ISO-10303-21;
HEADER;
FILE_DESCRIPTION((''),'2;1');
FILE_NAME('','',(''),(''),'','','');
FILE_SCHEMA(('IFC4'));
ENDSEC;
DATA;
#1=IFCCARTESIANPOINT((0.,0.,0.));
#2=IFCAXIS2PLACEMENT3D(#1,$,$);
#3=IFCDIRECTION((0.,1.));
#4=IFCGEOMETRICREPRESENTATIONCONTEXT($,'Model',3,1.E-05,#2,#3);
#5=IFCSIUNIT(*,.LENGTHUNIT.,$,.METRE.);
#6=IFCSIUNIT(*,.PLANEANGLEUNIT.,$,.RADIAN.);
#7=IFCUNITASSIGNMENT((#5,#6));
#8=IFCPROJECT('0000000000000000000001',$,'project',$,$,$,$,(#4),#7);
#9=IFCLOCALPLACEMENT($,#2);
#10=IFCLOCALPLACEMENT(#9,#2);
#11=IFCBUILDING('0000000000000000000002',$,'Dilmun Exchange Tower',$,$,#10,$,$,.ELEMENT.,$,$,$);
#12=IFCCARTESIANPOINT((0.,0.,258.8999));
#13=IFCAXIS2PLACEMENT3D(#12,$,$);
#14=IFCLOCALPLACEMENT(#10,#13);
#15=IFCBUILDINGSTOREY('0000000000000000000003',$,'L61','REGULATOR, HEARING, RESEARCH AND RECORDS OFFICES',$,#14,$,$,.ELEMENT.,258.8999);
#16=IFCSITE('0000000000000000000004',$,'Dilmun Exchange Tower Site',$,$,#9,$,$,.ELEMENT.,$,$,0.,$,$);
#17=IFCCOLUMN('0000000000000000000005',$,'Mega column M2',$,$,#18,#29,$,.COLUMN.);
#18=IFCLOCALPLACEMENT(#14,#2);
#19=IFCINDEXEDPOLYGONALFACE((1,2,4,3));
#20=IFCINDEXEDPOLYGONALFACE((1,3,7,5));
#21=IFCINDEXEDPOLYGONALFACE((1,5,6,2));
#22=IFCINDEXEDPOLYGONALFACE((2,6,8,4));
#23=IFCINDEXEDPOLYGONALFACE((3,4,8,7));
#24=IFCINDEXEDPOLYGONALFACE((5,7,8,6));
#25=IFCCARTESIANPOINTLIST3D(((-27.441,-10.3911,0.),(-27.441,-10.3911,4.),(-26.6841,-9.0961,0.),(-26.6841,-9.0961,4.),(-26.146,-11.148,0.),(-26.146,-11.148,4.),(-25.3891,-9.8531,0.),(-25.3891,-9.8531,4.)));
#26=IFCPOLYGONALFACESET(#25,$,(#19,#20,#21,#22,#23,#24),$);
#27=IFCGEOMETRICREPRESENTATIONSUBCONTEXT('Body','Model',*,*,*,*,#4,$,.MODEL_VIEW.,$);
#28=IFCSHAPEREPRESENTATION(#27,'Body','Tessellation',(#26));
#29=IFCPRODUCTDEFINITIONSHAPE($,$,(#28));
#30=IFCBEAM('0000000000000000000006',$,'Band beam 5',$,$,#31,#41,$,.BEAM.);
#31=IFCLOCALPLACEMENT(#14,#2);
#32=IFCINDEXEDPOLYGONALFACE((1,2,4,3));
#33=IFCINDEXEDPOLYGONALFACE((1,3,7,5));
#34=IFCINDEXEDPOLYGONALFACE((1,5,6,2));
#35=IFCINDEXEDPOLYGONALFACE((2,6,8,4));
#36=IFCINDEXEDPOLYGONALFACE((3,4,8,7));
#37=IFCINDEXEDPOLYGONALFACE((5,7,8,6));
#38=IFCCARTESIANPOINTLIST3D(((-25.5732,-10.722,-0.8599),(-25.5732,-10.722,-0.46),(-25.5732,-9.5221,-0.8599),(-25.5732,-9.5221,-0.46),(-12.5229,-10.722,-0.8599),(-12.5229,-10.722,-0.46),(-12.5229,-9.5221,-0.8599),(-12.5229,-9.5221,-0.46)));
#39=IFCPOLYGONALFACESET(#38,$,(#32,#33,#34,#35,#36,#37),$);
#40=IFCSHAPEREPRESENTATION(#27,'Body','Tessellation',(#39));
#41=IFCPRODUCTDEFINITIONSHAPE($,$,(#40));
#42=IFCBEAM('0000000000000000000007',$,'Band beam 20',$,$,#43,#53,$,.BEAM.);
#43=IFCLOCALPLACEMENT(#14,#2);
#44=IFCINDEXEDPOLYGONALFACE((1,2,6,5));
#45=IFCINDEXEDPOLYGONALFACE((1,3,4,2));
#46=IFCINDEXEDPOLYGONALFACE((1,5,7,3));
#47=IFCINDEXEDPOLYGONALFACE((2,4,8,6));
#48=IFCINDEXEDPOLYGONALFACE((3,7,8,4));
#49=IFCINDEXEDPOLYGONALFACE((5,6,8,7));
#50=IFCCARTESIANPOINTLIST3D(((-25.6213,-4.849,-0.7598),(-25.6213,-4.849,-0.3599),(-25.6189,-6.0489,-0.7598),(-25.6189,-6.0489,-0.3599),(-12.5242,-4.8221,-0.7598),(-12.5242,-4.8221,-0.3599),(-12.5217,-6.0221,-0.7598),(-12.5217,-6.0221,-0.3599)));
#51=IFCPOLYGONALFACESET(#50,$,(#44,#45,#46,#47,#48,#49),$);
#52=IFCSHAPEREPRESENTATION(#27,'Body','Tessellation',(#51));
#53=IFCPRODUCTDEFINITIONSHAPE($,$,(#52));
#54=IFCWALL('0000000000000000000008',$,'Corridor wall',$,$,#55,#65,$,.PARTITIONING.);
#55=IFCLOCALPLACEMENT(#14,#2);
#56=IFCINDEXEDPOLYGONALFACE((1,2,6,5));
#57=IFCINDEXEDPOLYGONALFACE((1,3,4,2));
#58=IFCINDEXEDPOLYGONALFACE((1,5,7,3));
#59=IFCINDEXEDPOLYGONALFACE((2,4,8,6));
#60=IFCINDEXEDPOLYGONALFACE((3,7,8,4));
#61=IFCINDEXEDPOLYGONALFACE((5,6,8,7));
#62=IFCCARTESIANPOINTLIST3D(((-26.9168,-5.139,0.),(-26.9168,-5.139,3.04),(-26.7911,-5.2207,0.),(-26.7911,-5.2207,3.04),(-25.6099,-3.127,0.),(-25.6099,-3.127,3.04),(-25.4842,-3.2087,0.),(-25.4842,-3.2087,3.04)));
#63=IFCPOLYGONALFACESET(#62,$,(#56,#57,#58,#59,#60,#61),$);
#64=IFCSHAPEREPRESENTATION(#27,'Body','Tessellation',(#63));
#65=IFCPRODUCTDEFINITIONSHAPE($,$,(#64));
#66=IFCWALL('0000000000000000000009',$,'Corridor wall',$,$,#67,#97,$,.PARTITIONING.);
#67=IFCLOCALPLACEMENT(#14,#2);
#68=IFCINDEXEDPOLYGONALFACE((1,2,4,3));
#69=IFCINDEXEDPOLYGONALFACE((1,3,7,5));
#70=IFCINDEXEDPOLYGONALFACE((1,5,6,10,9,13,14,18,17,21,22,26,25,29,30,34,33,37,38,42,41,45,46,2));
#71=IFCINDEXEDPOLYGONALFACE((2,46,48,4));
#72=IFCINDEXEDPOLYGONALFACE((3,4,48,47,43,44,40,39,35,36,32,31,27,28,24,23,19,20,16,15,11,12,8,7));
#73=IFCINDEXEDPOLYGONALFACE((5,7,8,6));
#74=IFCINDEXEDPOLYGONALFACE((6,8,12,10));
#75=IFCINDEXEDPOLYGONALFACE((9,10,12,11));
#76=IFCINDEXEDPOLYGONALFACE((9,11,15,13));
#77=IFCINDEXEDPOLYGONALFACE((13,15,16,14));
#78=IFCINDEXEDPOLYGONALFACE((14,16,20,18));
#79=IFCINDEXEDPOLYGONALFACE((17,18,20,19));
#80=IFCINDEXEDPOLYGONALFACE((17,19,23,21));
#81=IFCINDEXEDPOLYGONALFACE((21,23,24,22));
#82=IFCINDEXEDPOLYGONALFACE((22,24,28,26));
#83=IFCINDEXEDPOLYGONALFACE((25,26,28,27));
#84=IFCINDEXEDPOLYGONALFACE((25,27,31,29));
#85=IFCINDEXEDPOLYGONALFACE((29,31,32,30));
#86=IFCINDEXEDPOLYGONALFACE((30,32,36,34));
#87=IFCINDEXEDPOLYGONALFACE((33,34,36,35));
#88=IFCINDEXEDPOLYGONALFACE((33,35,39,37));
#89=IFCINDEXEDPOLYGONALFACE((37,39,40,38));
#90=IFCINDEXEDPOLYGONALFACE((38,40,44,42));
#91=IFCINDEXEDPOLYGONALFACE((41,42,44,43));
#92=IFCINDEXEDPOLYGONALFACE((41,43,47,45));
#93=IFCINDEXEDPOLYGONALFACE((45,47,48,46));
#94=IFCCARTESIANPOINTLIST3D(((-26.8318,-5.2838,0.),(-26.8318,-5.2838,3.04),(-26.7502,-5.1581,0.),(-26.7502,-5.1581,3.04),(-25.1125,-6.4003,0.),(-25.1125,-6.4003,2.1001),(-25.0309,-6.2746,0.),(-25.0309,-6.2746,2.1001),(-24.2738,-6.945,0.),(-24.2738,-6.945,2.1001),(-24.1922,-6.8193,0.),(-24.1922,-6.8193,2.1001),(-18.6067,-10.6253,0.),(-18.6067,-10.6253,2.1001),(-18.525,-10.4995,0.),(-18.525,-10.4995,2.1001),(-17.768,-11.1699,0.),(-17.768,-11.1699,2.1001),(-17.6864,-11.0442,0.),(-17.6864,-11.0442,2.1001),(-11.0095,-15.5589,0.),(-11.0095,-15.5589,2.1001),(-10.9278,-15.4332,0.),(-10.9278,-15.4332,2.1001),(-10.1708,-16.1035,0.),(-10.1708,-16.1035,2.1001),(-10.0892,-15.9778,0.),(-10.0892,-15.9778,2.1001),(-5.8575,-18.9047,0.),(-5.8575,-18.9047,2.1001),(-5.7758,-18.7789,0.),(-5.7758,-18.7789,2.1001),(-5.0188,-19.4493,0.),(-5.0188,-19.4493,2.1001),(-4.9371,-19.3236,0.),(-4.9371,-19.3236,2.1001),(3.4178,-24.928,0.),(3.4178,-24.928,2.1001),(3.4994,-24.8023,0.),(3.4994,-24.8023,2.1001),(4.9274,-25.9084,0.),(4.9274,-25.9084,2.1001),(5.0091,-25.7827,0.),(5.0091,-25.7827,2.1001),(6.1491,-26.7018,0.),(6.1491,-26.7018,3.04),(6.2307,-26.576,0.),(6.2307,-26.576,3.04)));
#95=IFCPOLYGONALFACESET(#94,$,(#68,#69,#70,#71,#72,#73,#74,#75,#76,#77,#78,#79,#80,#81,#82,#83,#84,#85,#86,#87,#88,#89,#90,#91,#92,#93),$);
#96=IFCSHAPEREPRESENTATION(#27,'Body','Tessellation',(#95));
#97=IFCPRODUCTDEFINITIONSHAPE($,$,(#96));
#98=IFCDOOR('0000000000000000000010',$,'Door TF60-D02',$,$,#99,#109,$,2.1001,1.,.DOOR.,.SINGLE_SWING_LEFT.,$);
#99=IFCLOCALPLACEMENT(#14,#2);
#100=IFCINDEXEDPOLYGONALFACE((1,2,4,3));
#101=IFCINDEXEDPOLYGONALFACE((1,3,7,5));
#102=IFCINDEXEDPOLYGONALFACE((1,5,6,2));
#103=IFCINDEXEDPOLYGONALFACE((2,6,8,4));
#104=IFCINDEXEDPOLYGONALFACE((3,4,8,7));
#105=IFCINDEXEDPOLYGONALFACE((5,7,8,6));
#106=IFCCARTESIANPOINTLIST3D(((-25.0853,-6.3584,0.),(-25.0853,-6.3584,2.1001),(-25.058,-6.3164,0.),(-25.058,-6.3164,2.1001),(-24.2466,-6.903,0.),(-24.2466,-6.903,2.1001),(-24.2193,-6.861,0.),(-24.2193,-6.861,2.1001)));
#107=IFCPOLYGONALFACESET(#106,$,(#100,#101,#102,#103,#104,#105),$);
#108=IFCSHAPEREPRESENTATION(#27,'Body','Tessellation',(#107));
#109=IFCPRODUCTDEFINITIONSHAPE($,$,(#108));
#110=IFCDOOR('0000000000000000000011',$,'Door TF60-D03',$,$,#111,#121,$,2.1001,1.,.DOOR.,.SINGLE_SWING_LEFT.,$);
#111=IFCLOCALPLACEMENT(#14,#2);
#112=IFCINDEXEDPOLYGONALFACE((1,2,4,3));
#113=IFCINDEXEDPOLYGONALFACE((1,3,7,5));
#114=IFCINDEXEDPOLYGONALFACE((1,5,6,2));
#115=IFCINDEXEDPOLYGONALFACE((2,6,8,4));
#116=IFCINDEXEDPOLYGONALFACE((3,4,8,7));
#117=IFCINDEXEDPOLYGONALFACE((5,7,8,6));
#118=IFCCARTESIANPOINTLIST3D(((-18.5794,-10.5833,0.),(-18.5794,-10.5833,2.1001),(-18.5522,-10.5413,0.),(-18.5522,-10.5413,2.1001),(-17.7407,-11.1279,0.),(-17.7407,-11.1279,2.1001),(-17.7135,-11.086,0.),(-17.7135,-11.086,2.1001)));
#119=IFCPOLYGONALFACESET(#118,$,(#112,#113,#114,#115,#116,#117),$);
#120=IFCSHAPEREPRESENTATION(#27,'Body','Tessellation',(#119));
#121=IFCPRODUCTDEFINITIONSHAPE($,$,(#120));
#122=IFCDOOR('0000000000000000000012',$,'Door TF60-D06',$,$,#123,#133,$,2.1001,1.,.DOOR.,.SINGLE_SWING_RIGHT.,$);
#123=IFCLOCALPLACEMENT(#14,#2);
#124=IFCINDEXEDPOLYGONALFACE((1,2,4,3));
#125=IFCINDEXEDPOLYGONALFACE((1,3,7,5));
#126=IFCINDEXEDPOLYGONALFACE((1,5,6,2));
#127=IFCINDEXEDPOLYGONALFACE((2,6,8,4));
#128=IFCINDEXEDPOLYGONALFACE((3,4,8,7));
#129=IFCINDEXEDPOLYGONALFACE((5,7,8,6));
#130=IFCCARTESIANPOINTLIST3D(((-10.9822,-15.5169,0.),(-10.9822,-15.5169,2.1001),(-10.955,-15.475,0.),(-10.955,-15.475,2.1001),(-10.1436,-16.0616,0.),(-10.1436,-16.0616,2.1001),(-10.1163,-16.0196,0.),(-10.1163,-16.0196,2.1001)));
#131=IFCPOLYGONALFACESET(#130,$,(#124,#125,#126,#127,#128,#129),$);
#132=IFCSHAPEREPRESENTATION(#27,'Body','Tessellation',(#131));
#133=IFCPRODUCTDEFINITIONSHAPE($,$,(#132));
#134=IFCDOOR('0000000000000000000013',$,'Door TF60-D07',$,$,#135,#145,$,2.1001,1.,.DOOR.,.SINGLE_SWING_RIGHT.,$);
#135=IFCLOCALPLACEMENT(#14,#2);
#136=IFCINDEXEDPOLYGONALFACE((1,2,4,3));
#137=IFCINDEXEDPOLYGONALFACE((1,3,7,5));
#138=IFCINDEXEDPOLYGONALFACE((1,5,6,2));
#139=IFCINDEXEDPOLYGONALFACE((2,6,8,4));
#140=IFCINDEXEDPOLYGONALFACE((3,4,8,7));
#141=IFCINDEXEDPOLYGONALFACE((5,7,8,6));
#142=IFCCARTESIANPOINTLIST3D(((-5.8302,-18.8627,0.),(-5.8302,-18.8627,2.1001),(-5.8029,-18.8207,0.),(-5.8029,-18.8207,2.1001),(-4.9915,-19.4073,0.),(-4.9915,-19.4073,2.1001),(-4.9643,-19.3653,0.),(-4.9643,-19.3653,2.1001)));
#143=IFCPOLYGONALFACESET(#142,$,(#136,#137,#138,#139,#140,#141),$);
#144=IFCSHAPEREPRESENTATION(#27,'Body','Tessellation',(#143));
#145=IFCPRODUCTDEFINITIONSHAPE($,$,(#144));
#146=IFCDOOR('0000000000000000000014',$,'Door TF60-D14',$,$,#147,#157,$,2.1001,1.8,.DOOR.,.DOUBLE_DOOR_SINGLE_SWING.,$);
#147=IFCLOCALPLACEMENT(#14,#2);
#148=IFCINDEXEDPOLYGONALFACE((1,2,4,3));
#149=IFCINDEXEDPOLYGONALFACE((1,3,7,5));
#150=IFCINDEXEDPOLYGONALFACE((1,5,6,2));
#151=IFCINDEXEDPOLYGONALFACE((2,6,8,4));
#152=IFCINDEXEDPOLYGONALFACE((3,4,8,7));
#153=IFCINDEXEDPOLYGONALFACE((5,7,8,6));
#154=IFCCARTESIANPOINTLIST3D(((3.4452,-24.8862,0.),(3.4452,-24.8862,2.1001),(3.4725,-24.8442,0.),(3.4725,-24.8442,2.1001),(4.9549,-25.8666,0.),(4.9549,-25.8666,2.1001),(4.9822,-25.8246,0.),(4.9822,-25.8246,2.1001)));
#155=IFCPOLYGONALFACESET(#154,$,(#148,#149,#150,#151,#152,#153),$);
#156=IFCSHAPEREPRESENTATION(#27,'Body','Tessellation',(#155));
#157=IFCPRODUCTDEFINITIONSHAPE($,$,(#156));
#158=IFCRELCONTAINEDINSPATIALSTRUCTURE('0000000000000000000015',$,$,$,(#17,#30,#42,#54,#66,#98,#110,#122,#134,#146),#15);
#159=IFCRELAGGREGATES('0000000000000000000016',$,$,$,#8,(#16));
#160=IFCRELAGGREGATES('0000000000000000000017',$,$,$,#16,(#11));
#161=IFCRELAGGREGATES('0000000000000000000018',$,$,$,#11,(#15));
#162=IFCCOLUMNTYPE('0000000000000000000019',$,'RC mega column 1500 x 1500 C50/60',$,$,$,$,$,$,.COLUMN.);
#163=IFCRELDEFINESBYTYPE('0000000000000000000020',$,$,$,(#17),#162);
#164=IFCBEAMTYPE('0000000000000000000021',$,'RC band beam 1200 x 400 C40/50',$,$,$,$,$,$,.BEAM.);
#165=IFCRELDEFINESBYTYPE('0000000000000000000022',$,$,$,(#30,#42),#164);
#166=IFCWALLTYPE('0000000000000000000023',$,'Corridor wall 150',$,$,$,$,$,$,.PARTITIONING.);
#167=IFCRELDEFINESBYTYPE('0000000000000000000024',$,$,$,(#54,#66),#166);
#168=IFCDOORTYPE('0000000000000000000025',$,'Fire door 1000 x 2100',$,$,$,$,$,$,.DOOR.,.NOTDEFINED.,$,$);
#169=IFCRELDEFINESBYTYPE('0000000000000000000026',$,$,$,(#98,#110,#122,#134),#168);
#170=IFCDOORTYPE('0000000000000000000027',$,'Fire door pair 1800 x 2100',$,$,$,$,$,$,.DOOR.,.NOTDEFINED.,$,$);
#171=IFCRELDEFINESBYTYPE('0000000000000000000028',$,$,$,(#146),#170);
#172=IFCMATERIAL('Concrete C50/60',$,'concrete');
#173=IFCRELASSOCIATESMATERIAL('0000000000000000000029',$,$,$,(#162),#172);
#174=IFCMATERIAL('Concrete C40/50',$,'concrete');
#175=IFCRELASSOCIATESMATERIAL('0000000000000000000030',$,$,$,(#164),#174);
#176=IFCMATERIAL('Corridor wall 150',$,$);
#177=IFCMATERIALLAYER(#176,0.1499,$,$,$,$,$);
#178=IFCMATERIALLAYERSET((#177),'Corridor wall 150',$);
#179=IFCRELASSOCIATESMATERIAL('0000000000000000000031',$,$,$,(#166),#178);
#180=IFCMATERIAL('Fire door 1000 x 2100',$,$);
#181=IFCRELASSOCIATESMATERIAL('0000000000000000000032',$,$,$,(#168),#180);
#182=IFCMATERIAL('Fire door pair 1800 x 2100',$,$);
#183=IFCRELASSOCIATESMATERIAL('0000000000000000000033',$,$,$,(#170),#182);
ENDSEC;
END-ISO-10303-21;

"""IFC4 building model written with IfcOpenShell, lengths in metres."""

from ifc_helpers import new_model, si_unit, direction, frame, frame_2d, origin, origin_2d, place, context, subcontext, project, spatial, rectangle, extrude, material, layer, layer_set, material_profile, profile_set, type_object, element, fill, save


model = new_model("IFC4")

# Units and contexts
model_context = context("Model", 3, precision=1e-05, world=origin(), true_north=direction((0.0, 1.0)))
body_context = subcontext(model_context, "Body", "Model", "MODEL_VIEW")
ifc_project = project(units=[si_unit("LENGTHUNIT", "METRE"), si_unit("PLANEANGLEUNIT", "RADIAN")], contexts=[model_context])

# Site, building, storey
site_placement = place(None, origin())
site = spatial("IfcSite", under=ifc_project, at=site_placement, Name="Dilmun Exchange Tower Site", CompositionType="ELEMENT", RefElevation=0.0)
building_placement = place(site_placement, origin())
building = spatial("IfcBuilding", under=site, at=building_placement, Name="Dilmun Exchange Tower", CompositionType="ELEMENT")
storey_placement = place(building_placement, frame((0.0, 0.0, 258.8999)))
storey = spatial("IfcBuildingStorey", under=building, at=storey_placement, Name="L61", Description="REGULATOR, HEARING, RESEARCH AND RECORDS OFFICES", CompositionType="ELEMENT", Elevation=258.8999)

# Column
ifc_material_1 = material(Name="Concrete C50/60", Category="concrete")
ifc_material_profile_1 = material_profile(ifc_material_1, rectangle(XDim=1.5, YDim=1.5, at=origin_2d()), Name="1500 x 1500")
ifc_profile_set_1 = profile_set([ifc_material_profile_1], Name="Concrete C50/60")
column_type = type_object("IfcColumnType", Name="RC mega column 1500 x 1500 C50/60", PredefinedType="COLUMN", material=ifc_profile_set_1)
column_placement = place(storey_placement, frame((-26.415, -10.1221, 0.0), z_axis=(0.0, 0.0, 1.0), x_axis=(0.504644, 0.863328, 0.0)))
element("IfcColumn", 1, at=column_placement, inside=storey, type_object=column_type, Name="Mega column M2", PredefinedType="COLUMN", context=body_context, shape_type="SweptSolid", body=[
    extrude(rectangle(XDim=1.5, YDim=1.5, at=origin_2d()), origin(), (0.0, 0.0, 1.0), 4.0),
])

# Beams
ifc_material_2 = material(Name="Concrete C40/50", Category="concrete")
ifc_material_profile_2 = material_profile(ifc_material_2, rectangle(XDim=1.2, YDim=0.3999, at=origin_2d()), Name="1200 x 400")
ifc_profile_set_2 = profile_set([ifc_material_profile_2], Name="Concrete C40/50")
beam_type = type_object("IfcBeamType", Name="RC band beam 1200 x 400 C40/50", PredefinedType="BEAM", material=ifc_profile_set_2)
beam_1_placement = place(storey_placement, frame((-25.5732, -10.1221, -0.6599), z_axis=(1.0, 0.0, 0.0), x_axis=(0.0, 1.0, 0.0)))
element("IfcBeam", 2, at=beam_1_placement, inside=storey, type_object=beam_type, Name="Band beam 5", PredefinedType="BEAM", context=body_context, shape_type="SweptSolid", body=[
    extrude(rectangle(XDim=1.2, YDim=0.3999, at=origin_2d()), origin(), (0.0, 0.0, 1.0), 13.0503),
])
beam_2_placement = place(storey_placement, frame((-25.6201, -5.449, -0.5598), z_axis=(0.999998, 0.00205, 0.0), x_axis=(-0.00205, 0.999998, 0.0)))
element("IfcBeam", 3, at=beam_2_placement, inside=storey, type_object=beam_type, Name="Band beam 20", PredefinedType="BEAM", context=body_context, shape_type="SweptSolid", body=[
    extrude(rectangle(XDim=1.2, YDim=0.3999, at=origin_2d()), origin(), (0.0, 0.0, 1.0), 13.0972),
])

# Wall
ifc_material_3 = material(Name="Corridor wall 150")
ifc_layer_1 = layer(ifc_material_3, 0.1499)
ifc_layer_set_1 = layer_set([ifc_layer_1], Name="Corridor wall 150")
wall_type_1 = type_object("IfcWallType", Name="Corridor wall 150", PredefinedType="PARTITIONING", material=ifc_layer_set_1)
wall_1_placement = place(storey_placement, frame((-26.854, -5.1799, 0.0), z_axis=(0.0, 0.0, 1.0), x_axis=(0.544727, 0.838613, 0.0)))
element("IfcWall", 4, at=wall_1_placement, inside=storey, type_object=wall_type_1, Name="Corridor wall", PredefinedType="PARTITIONING", context=body_context, shape_type="SweptSolid", body=[
    extrude(rectangle(XDim=2.3992, YDim=0.1499, at=frame_2d((1.1997, 0.0))), origin(), (0.0, 0.0, 1.0), 3.04),
])

# Wall, openings, doors
wall_2_placement = place(storey_placement, frame((-26.791, -5.2209, 0.0), z_axis=(0.0, 0.0, 1.0), x_axis=(0.838672, -0.544637, 0.0)))
wall_2 = element("IfcWall", 5, at=wall_2_placement, inside=storey, type_object=wall_type_1, Name="Corridor wall", PredefinedType="PARTITIONING", context=body_context, shape_type="SweptSolid", body=[
    extrude(rectangle(XDim=39.3252, YDim=0.1499, at=frame_2d((19.6626, 0.0))), origin(), (0.0, 0.0, 1.0), 3.04),
])
opening_1_placement = place(wall_2_placement, frame((2.05, 0.0, 0.0)))
opening_1 = element("IfcOpeningElement", 6, at=opening_1_placement, cuts=wall_2, PredefinedType="OPENING", context=body_context, shape_type="SweptSolid", body=[
    extrude(rectangle(XDim=1.0, YDim=2.1001, at=frame_2d((0.5, 1.05))), frame((0.0, 0.085, 0.0), z_axis=(0.0, -1.0, 0.0), x_axis=(1.0, 0.0, 0.0)), (0.0, 0.0, 1.0), 0.1699),
])
opening_2_placement = place(wall_2_placement, frame((9.8074, 0.0, 0.0)))
opening_2 = element("IfcOpeningElement", 7, at=opening_2_placement, cuts=wall_2, PredefinedType="OPENING", context=body_context, shape_type="SweptSolid", body=[
    extrude(rectangle(XDim=1.0, YDim=2.1001, at=frame_2d((0.5, 1.05))), frame((0.0, 0.085, 0.0), z_axis=(0.0, -1.0, 0.0), x_axis=(1.0, 0.0, 0.0)), (0.0, 0.0, 1.0), 0.1699),
])
opening_3_placement = place(wall_2_placement, frame((18.866, 0.0, 0.0)))
opening_3 = element("IfcOpeningElement", 8, at=opening_3_placement, cuts=wall_2, PredefinedType="OPENING", context=body_context, shape_type="SweptSolid", body=[
    extrude(rectangle(XDim=1.0, YDim=2.1001, at=frame_2d((0.5, 1.05))), frame((0.0, 0.085, 0.0), z_axis=(0.0, -1.0, 0.0), x_axis=(1.0, 0.0, 0.0)), (0.0, 0.0, 1.0), 0.1699),
])
opening_4_placement = place(wall_2_placement, frame((25.009, 0.0, 0.0)))
opening_4 = element("IfcOpeningElement", 9, at=opening_4_placement, cuts=wall_2, PredefinedType="OPENING", context=body_context, shape_type="SweptSolid", body=[
    extrude(rectangle(XDim=1.0, YDim=2.1001, at=frame_2d((0.5, 1.05))), frame((0.0, 0.085, 0.0), z_axis=(0.0, -1.0, 0.0), x_axis=(1.0, 0.0, 0.0)), (0.0, 0.0, 1.0), 0.1699),
])
opening_5_placement = place(wall_2_placement, frame((36.0686, 0.0, 0.0)))
opening_5 = element("IfcOpeningElement", 10, at=opening_5_placement, cuts=wall_2, PredefinedType="OPENING", context=body_context, shape_type="SweptSolid", body=[
    extrude(rectangle(XDim=1.8, YDim=2.1001, at=frame_2d((0.8999, 1.05))), frame((0.0, 0.085, 0.0), z_axis=(0.0, -1.0, 0.0), x_axis=(1.0, 0.0, 0.0)), (0.0, 0.0, 1.0), 0.1699),
])
ifc_material_4 = material(Name="Fire door 1000 x 2100")
door_type_1 = type_object("IfcDoorType", Name="Fire door 1000 x 2100", OperationType="NOTDEFINED", PredefinedType="DOOR", material=ifc_material_4)
door_1_placement = place(opening_1_placement, frame((1.0, 0.0, 0.0), z_axis=(0.0, 0.0, 1.0), x_axis=(-1.0, 0.0, 0.0)))
door_1 = element("IfcDoor", 11, at=door_1_placement, inside=storey, type_object=door_type_1, Name="Door TF60-D02", OperationType="SINGLE_SWING_LEFT", OverallHeight=2.1001, OverallWidth=1.0, PredefinedType="DOOR", context=body_context, shape_type="SweptSolid", body=[
    extrude(rectangle(XDim=1.0, YDim=2.1001, at=frame_2d((0.5, 1.05))), frame((0.0, 0.0249, 0.0), z_axis=(0.0, -1.0, 0.0), x_axis=(1.0, 0.0, 0.0)), (0.0, 0.0, 1.0), 0.05),
])
fill(opening_1, door_1)
door_2_placement = place(opening_2_placement, frame((1.0, 0.0, 0.0), z_axis=(0.0, 0.0, 1.0), x_axis=(-1.0, 0.0, 0.0)))
door_2 = element("IfcDoor", 12, at=door_2_placement, inside=storey, type_object=door_type_1, Name="Door TF60-D03", OperationType="SINGLE_SWING_LEFT", OverallHeight=2.1001, OverallWidth=1.0, PredefinedType="DOOR", context=body_context, shape_type="SweptSolid", body=[
    extrude(rectangle(XDim=1.0, YDim=2.1001, at=frame_2d((0.5, 1.05))), frame((0.0, 0.0249, 0.0), z_axis=(0.0, -1.0, 0.0), x_axis=(1.0, 0.0, 0.0)), (0.0, 0.0, 1.0), 0.05),
])
fill(opening_2, door_2)
door_3_placement = place(opening_3_placement, frame((1.0, 0.0, 0.0), z_axis=(0.0, 0.0, 1.0), x_axis=(-1.0, 0.0, 0.0)))
door_3 = element("IfcDoor", 13, at=door_3_placement, inside=storey, type_object=door_type_1, Name="Door TF60-D06", OperationType="SINGLE_SWING_RIGHT", OverallHeight=2.1001, OverallWidth=1.0, PredefinedType="DOOR", context=body_context, shape_type="SweptSolid", body=[
    extrude(rectangle(XDim=1.0, YDim=2.1001, at=frame_2d((0.5, 1.05))), frame((0.0, 0.0249, 0.0), z_axis=(0.0, -1.0, 0.0), x_axis=(1.0, 0.0, 0.0)), (0.0, 0.0, 1.0), 0.05),
])
fill(opening_3, door_3)
door_4_placement = place(opening_4_placement, frame((1.0, 0.0, 0.0), z_axis=(0.0, 0.0, 1.0), x_axis=(-1.0, 0.0, 0.0)))
door_4 = element("IfcDoor", 14, at=door_4_placement, inside=storey, type_object=door_type_1, Name="Door TF60-D07", OperationType="SINGLE_SWING_RIGHT", OverallHeight=2.1001, OverallWidth=1.0, PredefinedType="DOOR", context=body_context, shape_type="SweptSolid", body=[
    extrude(rectangle(XDim=1.0, YDim=2.1001, at=frame_2d((0.5, 1.05))), frame((0.0, 0.0249, 0.0), z_axis=(0.0, -1.0, 0.0), x_axis=(1.0, 0.0, 0.0)), (0.0, 0.0, 1.0), 0.05),
])
fill(opening_4, door_4)
ifc_material_5 = material(Name="Fire door pair 1800 x 2100")
door_type_2 = type_object("IfcDoorType", Name="Fire door pair 1800 x 2100", OperationType="NOTDEFINED", PredefinedType="DOOR", material=ifc_material_5)
door_5_placement = place(opening_5_placement, frame((1.8, 0.0, 0.0), z_axis=(0.0, 0.0, 1.0), x_axis=(-1.0, 0.0, 0.0)))
door_5 = element("IfcDoor", 15, at=door_5_placement, inside=storey, type_object=door_type_2, Name="Door TF60-D14", OperationType="DOUBLE_DOOR_SINGLE_SWING", OverallHeight=2.1001, OverallWidth=1.8, PredefinedType="DOOR", context=body_context, shape_type="SweptSolid", body=[
    extrude(rectangle(XDim=1.8, YDim=2.1001, at=frame_2d((0.8999, 1.05))), frame((0.0, 0.0249, 0.0), z_axis=(0.0, -1.0, 0.0), x_axis=(1.0, 0.0, 0.0)), (0.0, 0.0, 1.0), 0.05),
])
fill(opening_5, door_5)

save(model, "model.ifc")
